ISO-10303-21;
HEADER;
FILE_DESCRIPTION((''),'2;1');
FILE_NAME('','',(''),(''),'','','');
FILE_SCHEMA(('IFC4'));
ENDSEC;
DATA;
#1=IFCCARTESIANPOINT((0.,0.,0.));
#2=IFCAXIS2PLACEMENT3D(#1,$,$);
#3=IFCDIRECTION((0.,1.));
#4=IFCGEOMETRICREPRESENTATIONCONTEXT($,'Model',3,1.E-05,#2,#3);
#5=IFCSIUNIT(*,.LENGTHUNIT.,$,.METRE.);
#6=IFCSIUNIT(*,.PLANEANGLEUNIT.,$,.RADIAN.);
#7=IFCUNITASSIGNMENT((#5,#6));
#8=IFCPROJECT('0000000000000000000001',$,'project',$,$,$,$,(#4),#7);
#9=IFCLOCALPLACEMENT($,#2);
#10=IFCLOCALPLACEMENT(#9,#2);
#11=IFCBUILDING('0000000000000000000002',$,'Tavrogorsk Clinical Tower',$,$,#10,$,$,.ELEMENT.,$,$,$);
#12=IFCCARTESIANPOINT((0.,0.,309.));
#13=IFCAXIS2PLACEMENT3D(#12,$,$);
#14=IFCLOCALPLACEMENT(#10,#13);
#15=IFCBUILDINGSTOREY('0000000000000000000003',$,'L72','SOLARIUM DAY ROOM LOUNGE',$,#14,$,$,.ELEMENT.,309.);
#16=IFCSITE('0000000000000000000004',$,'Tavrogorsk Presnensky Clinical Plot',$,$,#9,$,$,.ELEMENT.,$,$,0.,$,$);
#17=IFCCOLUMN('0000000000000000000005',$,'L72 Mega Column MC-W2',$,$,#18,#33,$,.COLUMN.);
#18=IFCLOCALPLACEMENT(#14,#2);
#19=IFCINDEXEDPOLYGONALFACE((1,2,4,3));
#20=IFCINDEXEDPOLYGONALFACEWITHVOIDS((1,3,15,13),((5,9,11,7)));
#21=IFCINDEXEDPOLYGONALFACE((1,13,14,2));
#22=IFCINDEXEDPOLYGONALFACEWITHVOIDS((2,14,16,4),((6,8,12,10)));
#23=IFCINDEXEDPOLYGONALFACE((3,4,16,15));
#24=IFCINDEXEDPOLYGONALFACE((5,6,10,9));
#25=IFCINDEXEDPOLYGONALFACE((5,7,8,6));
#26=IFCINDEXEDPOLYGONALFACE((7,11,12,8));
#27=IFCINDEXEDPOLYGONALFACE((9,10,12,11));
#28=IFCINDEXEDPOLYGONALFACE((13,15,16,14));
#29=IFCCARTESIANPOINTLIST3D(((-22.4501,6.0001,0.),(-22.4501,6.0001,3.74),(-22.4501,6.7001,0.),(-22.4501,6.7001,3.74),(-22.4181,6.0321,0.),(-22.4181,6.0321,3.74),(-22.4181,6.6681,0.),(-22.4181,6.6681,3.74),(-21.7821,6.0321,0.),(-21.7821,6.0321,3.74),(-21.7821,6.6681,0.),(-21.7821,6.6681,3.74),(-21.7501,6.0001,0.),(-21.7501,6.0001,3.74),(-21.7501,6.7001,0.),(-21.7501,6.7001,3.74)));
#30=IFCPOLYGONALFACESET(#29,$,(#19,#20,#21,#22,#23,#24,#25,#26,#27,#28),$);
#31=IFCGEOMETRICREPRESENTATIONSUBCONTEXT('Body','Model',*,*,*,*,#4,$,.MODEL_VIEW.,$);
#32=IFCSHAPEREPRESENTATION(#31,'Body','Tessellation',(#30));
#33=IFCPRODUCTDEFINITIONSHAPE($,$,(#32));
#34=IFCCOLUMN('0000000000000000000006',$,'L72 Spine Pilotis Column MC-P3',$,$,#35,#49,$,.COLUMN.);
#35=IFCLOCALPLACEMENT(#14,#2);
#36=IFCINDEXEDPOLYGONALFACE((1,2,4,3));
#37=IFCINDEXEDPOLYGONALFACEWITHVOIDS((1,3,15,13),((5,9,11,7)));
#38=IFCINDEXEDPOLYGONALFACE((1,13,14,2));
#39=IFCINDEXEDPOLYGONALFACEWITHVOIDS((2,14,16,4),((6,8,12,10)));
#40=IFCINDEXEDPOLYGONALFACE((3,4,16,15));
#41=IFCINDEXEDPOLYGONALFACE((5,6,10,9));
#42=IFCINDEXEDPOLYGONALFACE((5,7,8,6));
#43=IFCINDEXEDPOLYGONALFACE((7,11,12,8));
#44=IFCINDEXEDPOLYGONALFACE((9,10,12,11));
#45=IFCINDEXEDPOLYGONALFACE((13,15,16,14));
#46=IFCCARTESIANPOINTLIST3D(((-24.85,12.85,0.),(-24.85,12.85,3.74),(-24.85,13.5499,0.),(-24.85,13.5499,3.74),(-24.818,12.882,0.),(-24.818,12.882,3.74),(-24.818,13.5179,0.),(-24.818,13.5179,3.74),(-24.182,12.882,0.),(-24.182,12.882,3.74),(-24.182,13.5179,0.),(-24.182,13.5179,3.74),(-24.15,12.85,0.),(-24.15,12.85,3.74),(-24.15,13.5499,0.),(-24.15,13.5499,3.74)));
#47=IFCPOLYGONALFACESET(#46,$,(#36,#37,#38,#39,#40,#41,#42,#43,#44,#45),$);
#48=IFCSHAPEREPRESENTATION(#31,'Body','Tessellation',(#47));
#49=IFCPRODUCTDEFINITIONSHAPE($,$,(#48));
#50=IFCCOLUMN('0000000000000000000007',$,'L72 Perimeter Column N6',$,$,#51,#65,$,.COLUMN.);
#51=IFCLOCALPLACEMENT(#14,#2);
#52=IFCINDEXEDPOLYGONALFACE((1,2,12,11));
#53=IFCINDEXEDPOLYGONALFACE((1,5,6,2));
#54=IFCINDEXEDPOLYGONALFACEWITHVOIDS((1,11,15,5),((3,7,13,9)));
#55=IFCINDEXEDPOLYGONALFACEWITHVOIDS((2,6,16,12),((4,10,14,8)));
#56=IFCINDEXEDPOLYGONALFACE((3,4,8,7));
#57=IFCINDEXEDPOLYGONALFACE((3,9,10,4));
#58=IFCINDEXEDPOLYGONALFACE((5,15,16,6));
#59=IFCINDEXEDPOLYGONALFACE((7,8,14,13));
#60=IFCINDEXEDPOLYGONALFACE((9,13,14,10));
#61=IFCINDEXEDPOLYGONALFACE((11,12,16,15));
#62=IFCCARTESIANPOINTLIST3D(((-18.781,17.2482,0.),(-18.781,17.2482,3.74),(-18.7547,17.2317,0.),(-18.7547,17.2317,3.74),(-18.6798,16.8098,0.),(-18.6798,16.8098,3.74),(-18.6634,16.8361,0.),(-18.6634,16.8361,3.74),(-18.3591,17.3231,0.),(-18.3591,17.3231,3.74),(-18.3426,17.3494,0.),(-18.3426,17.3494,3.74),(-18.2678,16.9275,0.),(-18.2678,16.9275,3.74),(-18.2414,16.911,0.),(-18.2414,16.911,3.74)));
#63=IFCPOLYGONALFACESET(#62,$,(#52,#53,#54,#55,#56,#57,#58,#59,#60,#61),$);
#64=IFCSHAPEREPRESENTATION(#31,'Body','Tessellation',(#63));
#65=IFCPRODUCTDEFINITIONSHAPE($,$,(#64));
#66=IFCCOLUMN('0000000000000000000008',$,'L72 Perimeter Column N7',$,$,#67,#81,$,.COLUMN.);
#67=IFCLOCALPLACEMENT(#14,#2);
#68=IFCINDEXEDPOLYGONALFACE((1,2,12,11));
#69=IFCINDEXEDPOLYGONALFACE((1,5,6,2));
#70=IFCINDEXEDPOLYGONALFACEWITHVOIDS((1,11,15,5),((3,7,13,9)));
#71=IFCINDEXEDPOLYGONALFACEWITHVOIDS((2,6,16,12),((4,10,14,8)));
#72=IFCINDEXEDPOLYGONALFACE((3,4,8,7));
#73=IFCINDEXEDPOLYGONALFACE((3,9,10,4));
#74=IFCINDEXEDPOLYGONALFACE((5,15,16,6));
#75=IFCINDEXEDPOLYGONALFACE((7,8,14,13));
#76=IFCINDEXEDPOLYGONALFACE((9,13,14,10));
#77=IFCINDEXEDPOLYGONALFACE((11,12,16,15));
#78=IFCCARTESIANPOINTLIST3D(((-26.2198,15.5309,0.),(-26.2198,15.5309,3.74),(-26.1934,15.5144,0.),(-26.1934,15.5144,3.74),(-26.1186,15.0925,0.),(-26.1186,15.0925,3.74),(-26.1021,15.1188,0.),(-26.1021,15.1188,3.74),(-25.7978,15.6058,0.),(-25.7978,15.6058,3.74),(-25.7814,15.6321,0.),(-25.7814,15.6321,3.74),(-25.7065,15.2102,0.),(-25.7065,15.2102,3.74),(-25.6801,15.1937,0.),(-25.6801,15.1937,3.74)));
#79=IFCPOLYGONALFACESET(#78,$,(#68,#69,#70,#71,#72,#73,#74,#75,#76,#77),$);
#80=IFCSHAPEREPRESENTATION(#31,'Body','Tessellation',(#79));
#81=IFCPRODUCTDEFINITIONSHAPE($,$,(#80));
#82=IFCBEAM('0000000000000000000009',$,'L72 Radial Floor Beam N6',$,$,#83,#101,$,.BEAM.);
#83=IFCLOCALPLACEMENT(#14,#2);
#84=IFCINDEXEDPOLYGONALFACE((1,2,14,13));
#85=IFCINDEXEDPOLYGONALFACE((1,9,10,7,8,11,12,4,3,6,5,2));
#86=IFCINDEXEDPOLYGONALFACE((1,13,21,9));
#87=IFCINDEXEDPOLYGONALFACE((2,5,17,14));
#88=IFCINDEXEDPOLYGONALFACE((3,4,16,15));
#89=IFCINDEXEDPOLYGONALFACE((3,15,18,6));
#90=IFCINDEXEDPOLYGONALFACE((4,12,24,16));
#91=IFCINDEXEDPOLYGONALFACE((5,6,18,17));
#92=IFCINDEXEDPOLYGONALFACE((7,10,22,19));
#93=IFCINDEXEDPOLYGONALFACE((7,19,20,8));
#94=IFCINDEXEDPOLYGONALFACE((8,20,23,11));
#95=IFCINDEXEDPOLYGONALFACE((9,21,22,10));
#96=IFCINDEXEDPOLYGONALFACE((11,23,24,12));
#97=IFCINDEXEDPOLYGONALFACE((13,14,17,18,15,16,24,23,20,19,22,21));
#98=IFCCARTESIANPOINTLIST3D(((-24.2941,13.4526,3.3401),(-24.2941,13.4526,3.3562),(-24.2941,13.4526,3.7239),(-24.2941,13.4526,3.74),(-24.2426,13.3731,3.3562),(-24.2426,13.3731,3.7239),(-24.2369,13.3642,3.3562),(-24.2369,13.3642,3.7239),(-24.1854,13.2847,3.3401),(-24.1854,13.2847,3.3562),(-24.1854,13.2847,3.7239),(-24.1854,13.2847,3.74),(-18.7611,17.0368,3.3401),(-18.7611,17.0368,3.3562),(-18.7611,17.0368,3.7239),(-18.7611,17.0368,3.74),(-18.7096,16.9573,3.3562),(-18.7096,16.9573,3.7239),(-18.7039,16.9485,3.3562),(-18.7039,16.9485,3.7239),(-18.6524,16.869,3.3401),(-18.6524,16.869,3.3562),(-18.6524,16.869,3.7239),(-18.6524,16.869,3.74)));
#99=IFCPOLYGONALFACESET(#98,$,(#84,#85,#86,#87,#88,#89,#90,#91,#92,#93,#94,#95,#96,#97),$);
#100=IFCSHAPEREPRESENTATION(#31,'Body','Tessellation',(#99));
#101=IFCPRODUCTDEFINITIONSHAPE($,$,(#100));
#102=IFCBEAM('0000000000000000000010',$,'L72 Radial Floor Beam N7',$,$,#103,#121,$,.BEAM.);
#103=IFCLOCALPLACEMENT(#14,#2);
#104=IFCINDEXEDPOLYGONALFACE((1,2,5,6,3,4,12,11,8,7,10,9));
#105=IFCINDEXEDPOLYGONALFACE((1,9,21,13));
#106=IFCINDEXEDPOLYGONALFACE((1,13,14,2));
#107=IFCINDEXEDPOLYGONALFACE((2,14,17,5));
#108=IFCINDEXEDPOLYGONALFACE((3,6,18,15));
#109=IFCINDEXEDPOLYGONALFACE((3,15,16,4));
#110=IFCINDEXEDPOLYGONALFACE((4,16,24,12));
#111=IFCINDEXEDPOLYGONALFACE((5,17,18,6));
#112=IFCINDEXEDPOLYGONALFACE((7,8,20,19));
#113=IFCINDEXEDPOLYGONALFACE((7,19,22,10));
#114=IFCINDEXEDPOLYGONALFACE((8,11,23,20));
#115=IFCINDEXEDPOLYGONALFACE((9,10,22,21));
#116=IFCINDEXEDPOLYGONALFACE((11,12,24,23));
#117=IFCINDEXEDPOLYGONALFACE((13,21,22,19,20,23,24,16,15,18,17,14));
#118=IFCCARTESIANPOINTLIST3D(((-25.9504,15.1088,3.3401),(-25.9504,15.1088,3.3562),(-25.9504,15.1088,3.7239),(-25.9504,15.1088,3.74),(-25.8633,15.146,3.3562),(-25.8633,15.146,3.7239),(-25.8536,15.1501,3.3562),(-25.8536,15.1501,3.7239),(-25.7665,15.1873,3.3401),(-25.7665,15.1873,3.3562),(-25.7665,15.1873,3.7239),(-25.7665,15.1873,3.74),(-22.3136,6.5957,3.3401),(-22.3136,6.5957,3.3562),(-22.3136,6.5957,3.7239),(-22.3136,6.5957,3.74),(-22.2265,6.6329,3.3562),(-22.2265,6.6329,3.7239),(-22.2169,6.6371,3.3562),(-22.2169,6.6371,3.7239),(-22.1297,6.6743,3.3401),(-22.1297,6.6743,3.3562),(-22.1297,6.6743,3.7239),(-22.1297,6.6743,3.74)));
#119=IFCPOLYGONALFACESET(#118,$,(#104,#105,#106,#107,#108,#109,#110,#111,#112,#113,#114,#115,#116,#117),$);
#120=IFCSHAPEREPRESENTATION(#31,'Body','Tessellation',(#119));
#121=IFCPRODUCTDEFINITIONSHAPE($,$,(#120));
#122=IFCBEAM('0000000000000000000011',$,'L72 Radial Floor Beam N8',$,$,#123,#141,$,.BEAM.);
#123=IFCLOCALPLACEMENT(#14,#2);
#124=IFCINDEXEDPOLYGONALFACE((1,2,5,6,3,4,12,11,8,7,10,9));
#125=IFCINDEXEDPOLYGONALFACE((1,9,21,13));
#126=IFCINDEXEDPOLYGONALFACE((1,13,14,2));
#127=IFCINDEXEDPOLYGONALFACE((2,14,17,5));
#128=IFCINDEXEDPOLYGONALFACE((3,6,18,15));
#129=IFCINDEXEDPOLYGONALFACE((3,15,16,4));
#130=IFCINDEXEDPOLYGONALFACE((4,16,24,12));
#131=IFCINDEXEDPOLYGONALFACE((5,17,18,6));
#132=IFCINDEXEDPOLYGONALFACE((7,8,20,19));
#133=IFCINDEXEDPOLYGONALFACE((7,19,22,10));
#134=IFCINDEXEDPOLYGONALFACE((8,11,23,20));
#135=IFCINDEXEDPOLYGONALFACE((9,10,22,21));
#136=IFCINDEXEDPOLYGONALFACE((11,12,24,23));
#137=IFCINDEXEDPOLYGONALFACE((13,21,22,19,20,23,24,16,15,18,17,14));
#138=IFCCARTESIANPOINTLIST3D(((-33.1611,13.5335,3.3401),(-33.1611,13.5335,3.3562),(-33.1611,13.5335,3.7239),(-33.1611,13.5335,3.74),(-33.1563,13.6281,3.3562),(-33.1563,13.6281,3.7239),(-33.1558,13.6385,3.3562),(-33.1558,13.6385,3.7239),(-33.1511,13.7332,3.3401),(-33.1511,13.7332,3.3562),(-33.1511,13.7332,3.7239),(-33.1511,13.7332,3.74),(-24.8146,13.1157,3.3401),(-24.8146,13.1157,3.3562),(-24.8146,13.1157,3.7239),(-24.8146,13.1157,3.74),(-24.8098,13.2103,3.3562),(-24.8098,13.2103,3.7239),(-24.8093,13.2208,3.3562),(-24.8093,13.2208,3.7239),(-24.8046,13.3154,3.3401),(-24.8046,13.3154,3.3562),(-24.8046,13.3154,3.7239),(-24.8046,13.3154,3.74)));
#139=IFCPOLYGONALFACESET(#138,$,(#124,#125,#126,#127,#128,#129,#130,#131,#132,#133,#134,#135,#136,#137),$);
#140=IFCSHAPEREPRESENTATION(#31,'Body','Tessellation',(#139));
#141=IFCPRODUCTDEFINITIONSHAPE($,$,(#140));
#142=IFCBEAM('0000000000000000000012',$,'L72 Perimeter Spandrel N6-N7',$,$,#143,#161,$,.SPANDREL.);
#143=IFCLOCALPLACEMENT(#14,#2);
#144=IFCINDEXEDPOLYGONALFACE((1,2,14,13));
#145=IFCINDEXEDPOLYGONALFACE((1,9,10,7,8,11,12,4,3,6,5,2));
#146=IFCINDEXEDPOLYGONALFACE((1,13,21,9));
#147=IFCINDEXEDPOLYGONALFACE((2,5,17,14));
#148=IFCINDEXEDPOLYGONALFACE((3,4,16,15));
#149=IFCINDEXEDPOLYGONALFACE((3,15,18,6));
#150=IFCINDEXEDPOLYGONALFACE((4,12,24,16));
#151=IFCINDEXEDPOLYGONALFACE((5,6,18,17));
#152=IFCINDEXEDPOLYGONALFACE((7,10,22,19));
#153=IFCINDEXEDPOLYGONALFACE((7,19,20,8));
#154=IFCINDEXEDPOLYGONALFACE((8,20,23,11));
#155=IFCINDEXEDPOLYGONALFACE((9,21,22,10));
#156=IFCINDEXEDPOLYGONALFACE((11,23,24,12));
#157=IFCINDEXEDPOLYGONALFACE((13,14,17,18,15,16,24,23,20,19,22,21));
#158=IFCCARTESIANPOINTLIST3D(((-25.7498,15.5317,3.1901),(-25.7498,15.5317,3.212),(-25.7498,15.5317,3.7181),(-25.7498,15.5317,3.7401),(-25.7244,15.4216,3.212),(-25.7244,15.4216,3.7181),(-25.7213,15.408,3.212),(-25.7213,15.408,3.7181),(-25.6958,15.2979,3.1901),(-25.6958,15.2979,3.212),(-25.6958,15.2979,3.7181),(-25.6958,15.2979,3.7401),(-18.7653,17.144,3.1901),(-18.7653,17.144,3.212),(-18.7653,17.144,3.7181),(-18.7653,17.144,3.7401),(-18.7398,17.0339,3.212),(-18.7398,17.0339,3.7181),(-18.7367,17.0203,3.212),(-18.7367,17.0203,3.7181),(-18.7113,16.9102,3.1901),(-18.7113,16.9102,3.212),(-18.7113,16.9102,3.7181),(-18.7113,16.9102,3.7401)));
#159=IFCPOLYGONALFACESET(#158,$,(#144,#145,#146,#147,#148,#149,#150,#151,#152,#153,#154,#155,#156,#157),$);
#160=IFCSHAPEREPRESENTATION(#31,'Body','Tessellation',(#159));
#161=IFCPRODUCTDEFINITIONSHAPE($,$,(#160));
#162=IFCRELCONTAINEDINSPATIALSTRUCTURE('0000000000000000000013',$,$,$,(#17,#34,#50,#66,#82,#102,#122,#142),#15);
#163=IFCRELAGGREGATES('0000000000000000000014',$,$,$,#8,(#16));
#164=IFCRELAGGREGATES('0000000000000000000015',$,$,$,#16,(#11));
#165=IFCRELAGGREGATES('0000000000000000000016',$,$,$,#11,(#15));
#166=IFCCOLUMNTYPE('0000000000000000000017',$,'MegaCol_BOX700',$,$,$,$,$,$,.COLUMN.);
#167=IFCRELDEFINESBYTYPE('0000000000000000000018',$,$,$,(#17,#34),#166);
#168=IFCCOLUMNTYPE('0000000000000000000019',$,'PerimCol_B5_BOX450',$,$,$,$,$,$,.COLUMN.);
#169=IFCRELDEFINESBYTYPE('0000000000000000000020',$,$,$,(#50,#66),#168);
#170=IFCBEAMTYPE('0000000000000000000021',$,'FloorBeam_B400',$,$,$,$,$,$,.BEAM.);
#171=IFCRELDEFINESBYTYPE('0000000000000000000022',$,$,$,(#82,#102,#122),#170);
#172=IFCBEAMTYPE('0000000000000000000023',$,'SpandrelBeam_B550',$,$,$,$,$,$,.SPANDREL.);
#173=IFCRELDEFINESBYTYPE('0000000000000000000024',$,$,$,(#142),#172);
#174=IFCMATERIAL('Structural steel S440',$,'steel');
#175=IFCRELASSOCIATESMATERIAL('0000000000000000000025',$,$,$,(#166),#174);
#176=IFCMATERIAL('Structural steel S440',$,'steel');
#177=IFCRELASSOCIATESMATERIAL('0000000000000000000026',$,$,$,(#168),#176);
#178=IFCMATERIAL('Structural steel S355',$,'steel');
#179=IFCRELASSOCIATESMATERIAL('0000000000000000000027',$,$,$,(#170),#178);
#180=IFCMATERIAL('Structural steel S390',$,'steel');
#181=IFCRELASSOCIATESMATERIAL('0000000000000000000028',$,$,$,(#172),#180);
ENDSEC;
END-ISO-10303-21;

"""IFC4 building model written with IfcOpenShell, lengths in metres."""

from ifc_helpers import new_model, si_unit, direction, frame, origin, origin_2d, place, context, subcontext, project, spatial, hollow_rectangle, i_section, extrude, material, material_profile, profile_set, type_object, element, save


model = new_model("IFC4")

# Units and contexts
model_context = context("Model", 3, precision=1e-05, world=origin(), true_north=direction((0.0, 1.0)))
body_context = subcontext(model_context, "Body", "Model", "MODEL_VIEW")
ifc_project = project(units=[si_unit("LENGTHUNIT", "METRE"), si_unit("PLANEANGLEUNIT", "RADIAN")], contexts=[model_context])

# Site, building, storey
site_placement = place(None, origin())
site = spatial("IfcSite", under=ifc_project, at=site_placement, Name="Tavrogorsk Presnensky Clinical Plot", CompositionType="ELEMENT", RefElevation=0.0)
building_placement = place(site_placement, origin())
building = spatial("IfcBuilding", under=site, at=building_placement, Name="Tavrogorsk Clinical Tower", CompositionType="ELEMENT")
storey_placement = place(building_placement, frame((0.0, 0.0, 309.0)))
storey = spatial("IfcBuildingStorey", under=building, at=storey_placement, Name="L72", Description="SOLARIUM DAY ROOM LOUNGE", CompositionType="ELEMENT", Elevation=309.0)

# Columns
ifc_material_1 = material(Name="Structural steel S440", Category="steel")
ifc_material_profile_1 = material_profile(ifc_material_1, hollow_rectangle(XDim=0.7, YDim=0.7, WallThickness=0.032, at=origin_2d()), Name="BOX-700x700x32")
ifc_profile_set_1 = profile_set([ifc_material_profile_1], Name="Structural steel S440")
column_type_1 = type_object("IfcColumnType", Name="MegaCol_BOX700", PredefinedType="COLUMN", material=ifc_profile_set_1)
for number, where, z_axis, x_axis, name in (
    (1, (-22.1001, 6.3501, 0.0), (0.0, 0.0, 1.0), (1.0, 0.0, 0.0), "L72 Mega Column MC-W2"),
    (2, (-24.5, 13.2, 0.0), (0.0, 0.0, 1.0), (1.0, 0.0, 0.0), "L72 Spine Pilotis Column MC-P3"),
):
    element("IfcColumn", number, at=place(storey_placement, frame(where, z_axis=z_axis, x_axis=x_axis)), inside=storey, type_object=column_type_1, Name=name, PredefinedType="COLUMN", context=body_context, shape_type="SweptSolid", body=[
        extrude(hollow_rectangle(XDim=0.7, YDim=0.7, WallThickness=0.032, at=origin_2d()), origin(), (0.0, 0.0, 1.0), 3.74),
    ])
ifc_material_2 = material(Name="Structural steel S440", Category="steel")
ifc_material_profile_2 = material_profile(ifc_material_2, hollow_rectangle(XDim=0.45, YDim=0.45, WallThickness=0.022, at=origin_2d()), Name="BOX-450x450x22")
ifc_profile_set_2 = profile_set([ifc_material_profile_2], Name="Structural steel S440")
column_type_2 = type_object("IfcColumnType", Name="PerimCol_B5_BOX450", PredefinedType="COLUMN", material=ifc_profile_set_2)
for number, where, z_axis, x_axis, name in (
    (3, (-18.5112, 17.0796, 0.0), (0.0, 0.0, 1.0), (0.97437, 0.224951, 0.0), "L72 Perimeter Column N6"),
    (4, (-25.95, 15.3623, 0.0), (0.0, 0.0, 1.0), (0.97437, 0.224951, 0.0), "L72 Perimeter Column N7"),
):
    element("IfcColumn", number, at=place(storey_placement, frame(where, z_axis=z_axis, x_axis=x_axis)), inside=storey, type_object=column_type_2, Name=name, PredefinedType="COLUMN", context=body_context, shape_type="SweptSolid", body=[
        extrude(hollow_rectangle(XDim=0.45, YDim=0.45, WallThickness=0.022, at=origin_2d()), origin(), (0.0, 0.0, 1.0), 3.74),
    ])

# Beams
ifc_material_3 = material(Name="Structural steel S355", Category="steel")
ifc_material_profile_3 = material_profile(ifc_material_3, i_section(OverallWidth=0.2, OverallDepth=0.3999, WebThickness=0.0105, FlangeThickness=0.0161, at=origin_2d()), Name="B-400x200x10.5x16")
ifc_profile_set_3 = profile_set([ifc_material_profile_3], Name="Structural steel S355")
beam_type_1 = type_object("IfcBeamType", Name="FloorBeam_B400", PredefinedType="BEAM", material=ifc_profile_set_3)
beam_1_placement = place(storey_placement, frame((-24.2397, 13.3687, 3.54), z_axis=(0.839288, 0.543687, 0.0), x_axis=(-0.543687, 0.839288, 0.0)))
element("IfcBeam", 5, at=beam_1_placement, inside=storey, type_object=beam_type_1, Name="L72 Radial Floor Beam N6", PredefinedType="BEAM", context=body_context, shape_type="SweptSolid", body=[
    extrude(i_section(OverallWidth=0.2, OverallDepth=0.3999, WebThickness=0.0105, FlangeThickness=0.0161, at=origin_2d()), origin(), (0.0, 0.0, 1.0), 6.5925),
])
beam_2_placement = place(storey_placement, frame((-22.2217, 6.635, 3.54), z_axis=(-0.392853, 0.919601, 0.0), x_axis=(-0.919601, -0.392853, 0.0)))
element("IfcBeam", 6, at=beam_2_placement, inside=storey, type_object=beam_type_1, Name="L72 Radial Floor Beam N7", PredefinedType="BEAM", context=body_context, shape_type="SweptSolid", body=[
    extrude(i_section(OverallWidth=0.2, OverallDepth=0.3999, WebThickness=0.0105, FlangeThickness=0.0161, at=origin_2d()), origin(), (0.0, 0.0, 1.0), 9.2573),
])
beam_3_placement = place(storey_placement, frame((-24.8096, 13.2156, 3.54), z_axis=(-0.99875, 0.049986, 0.0), x_axis=(-0.049986, -0.99875, 0.0)))
element("IfcBeam", 7, at=beam_3_placement, inside=storey, type_object=beam_type_1, Name="L72 Radial Floor Beam N8", PredefinedType="BEAM", context=body_context, shape_type="SweptSolid", body=[
    extrude(i_section(OverallWidth=0.2, OverallDepth=0.3999, WebThickness=0.0105, FlangeThickness=0.0161, at=origin_2d()), origin(), (0.0, 0.0, 1.0), 8.3569),
])
ifc_material_4 = material(Name="Structural steel S390", Category="steel")
ifc_material_profile_4 = material_profile(ifc_material_4, i_section(OverallWidth=0.24, OverallDepth=0.55, WebThickness=0.0139, FlangeThickness=0.022, at=origin_2d()), Name="B-550x240x14x22")
ifc_profile_set_4 = profile_set([ifc_material_profile_4], Name="Structural steel S390")
beam_type_2 = type_object("IfcBeamType", Name="SpandrelBeam_B550", PredefinedType="SPANDREL", material=ifc_profile_set_4)
beam_4_placement = place(storey_placement, frame((-18.7383, 17.0271, 3.4651), z_axis=(-0.974377, -0.224922, 0.0), x_axis=(0.224922, -0.974377, 0.0)))
element("IfcBeam", 8, at=beam_4_placement, inside=storey, type_object=beam_type_2, Name="L72 Perimeter Spandrel N6-N7", PredefinedType="SPANDREL", context=body_context, shape_type="SweptSolid", body=[
    extrude(i_section(OverallWidth=0.24, OverallDepth=0.55, WebThickness=0.0139, FlangeThickness=0.022, at=origin_2d()), origin(), (0.0, 0.0, 1.0), 7.1682),
])

save(model, "model.ifc")
